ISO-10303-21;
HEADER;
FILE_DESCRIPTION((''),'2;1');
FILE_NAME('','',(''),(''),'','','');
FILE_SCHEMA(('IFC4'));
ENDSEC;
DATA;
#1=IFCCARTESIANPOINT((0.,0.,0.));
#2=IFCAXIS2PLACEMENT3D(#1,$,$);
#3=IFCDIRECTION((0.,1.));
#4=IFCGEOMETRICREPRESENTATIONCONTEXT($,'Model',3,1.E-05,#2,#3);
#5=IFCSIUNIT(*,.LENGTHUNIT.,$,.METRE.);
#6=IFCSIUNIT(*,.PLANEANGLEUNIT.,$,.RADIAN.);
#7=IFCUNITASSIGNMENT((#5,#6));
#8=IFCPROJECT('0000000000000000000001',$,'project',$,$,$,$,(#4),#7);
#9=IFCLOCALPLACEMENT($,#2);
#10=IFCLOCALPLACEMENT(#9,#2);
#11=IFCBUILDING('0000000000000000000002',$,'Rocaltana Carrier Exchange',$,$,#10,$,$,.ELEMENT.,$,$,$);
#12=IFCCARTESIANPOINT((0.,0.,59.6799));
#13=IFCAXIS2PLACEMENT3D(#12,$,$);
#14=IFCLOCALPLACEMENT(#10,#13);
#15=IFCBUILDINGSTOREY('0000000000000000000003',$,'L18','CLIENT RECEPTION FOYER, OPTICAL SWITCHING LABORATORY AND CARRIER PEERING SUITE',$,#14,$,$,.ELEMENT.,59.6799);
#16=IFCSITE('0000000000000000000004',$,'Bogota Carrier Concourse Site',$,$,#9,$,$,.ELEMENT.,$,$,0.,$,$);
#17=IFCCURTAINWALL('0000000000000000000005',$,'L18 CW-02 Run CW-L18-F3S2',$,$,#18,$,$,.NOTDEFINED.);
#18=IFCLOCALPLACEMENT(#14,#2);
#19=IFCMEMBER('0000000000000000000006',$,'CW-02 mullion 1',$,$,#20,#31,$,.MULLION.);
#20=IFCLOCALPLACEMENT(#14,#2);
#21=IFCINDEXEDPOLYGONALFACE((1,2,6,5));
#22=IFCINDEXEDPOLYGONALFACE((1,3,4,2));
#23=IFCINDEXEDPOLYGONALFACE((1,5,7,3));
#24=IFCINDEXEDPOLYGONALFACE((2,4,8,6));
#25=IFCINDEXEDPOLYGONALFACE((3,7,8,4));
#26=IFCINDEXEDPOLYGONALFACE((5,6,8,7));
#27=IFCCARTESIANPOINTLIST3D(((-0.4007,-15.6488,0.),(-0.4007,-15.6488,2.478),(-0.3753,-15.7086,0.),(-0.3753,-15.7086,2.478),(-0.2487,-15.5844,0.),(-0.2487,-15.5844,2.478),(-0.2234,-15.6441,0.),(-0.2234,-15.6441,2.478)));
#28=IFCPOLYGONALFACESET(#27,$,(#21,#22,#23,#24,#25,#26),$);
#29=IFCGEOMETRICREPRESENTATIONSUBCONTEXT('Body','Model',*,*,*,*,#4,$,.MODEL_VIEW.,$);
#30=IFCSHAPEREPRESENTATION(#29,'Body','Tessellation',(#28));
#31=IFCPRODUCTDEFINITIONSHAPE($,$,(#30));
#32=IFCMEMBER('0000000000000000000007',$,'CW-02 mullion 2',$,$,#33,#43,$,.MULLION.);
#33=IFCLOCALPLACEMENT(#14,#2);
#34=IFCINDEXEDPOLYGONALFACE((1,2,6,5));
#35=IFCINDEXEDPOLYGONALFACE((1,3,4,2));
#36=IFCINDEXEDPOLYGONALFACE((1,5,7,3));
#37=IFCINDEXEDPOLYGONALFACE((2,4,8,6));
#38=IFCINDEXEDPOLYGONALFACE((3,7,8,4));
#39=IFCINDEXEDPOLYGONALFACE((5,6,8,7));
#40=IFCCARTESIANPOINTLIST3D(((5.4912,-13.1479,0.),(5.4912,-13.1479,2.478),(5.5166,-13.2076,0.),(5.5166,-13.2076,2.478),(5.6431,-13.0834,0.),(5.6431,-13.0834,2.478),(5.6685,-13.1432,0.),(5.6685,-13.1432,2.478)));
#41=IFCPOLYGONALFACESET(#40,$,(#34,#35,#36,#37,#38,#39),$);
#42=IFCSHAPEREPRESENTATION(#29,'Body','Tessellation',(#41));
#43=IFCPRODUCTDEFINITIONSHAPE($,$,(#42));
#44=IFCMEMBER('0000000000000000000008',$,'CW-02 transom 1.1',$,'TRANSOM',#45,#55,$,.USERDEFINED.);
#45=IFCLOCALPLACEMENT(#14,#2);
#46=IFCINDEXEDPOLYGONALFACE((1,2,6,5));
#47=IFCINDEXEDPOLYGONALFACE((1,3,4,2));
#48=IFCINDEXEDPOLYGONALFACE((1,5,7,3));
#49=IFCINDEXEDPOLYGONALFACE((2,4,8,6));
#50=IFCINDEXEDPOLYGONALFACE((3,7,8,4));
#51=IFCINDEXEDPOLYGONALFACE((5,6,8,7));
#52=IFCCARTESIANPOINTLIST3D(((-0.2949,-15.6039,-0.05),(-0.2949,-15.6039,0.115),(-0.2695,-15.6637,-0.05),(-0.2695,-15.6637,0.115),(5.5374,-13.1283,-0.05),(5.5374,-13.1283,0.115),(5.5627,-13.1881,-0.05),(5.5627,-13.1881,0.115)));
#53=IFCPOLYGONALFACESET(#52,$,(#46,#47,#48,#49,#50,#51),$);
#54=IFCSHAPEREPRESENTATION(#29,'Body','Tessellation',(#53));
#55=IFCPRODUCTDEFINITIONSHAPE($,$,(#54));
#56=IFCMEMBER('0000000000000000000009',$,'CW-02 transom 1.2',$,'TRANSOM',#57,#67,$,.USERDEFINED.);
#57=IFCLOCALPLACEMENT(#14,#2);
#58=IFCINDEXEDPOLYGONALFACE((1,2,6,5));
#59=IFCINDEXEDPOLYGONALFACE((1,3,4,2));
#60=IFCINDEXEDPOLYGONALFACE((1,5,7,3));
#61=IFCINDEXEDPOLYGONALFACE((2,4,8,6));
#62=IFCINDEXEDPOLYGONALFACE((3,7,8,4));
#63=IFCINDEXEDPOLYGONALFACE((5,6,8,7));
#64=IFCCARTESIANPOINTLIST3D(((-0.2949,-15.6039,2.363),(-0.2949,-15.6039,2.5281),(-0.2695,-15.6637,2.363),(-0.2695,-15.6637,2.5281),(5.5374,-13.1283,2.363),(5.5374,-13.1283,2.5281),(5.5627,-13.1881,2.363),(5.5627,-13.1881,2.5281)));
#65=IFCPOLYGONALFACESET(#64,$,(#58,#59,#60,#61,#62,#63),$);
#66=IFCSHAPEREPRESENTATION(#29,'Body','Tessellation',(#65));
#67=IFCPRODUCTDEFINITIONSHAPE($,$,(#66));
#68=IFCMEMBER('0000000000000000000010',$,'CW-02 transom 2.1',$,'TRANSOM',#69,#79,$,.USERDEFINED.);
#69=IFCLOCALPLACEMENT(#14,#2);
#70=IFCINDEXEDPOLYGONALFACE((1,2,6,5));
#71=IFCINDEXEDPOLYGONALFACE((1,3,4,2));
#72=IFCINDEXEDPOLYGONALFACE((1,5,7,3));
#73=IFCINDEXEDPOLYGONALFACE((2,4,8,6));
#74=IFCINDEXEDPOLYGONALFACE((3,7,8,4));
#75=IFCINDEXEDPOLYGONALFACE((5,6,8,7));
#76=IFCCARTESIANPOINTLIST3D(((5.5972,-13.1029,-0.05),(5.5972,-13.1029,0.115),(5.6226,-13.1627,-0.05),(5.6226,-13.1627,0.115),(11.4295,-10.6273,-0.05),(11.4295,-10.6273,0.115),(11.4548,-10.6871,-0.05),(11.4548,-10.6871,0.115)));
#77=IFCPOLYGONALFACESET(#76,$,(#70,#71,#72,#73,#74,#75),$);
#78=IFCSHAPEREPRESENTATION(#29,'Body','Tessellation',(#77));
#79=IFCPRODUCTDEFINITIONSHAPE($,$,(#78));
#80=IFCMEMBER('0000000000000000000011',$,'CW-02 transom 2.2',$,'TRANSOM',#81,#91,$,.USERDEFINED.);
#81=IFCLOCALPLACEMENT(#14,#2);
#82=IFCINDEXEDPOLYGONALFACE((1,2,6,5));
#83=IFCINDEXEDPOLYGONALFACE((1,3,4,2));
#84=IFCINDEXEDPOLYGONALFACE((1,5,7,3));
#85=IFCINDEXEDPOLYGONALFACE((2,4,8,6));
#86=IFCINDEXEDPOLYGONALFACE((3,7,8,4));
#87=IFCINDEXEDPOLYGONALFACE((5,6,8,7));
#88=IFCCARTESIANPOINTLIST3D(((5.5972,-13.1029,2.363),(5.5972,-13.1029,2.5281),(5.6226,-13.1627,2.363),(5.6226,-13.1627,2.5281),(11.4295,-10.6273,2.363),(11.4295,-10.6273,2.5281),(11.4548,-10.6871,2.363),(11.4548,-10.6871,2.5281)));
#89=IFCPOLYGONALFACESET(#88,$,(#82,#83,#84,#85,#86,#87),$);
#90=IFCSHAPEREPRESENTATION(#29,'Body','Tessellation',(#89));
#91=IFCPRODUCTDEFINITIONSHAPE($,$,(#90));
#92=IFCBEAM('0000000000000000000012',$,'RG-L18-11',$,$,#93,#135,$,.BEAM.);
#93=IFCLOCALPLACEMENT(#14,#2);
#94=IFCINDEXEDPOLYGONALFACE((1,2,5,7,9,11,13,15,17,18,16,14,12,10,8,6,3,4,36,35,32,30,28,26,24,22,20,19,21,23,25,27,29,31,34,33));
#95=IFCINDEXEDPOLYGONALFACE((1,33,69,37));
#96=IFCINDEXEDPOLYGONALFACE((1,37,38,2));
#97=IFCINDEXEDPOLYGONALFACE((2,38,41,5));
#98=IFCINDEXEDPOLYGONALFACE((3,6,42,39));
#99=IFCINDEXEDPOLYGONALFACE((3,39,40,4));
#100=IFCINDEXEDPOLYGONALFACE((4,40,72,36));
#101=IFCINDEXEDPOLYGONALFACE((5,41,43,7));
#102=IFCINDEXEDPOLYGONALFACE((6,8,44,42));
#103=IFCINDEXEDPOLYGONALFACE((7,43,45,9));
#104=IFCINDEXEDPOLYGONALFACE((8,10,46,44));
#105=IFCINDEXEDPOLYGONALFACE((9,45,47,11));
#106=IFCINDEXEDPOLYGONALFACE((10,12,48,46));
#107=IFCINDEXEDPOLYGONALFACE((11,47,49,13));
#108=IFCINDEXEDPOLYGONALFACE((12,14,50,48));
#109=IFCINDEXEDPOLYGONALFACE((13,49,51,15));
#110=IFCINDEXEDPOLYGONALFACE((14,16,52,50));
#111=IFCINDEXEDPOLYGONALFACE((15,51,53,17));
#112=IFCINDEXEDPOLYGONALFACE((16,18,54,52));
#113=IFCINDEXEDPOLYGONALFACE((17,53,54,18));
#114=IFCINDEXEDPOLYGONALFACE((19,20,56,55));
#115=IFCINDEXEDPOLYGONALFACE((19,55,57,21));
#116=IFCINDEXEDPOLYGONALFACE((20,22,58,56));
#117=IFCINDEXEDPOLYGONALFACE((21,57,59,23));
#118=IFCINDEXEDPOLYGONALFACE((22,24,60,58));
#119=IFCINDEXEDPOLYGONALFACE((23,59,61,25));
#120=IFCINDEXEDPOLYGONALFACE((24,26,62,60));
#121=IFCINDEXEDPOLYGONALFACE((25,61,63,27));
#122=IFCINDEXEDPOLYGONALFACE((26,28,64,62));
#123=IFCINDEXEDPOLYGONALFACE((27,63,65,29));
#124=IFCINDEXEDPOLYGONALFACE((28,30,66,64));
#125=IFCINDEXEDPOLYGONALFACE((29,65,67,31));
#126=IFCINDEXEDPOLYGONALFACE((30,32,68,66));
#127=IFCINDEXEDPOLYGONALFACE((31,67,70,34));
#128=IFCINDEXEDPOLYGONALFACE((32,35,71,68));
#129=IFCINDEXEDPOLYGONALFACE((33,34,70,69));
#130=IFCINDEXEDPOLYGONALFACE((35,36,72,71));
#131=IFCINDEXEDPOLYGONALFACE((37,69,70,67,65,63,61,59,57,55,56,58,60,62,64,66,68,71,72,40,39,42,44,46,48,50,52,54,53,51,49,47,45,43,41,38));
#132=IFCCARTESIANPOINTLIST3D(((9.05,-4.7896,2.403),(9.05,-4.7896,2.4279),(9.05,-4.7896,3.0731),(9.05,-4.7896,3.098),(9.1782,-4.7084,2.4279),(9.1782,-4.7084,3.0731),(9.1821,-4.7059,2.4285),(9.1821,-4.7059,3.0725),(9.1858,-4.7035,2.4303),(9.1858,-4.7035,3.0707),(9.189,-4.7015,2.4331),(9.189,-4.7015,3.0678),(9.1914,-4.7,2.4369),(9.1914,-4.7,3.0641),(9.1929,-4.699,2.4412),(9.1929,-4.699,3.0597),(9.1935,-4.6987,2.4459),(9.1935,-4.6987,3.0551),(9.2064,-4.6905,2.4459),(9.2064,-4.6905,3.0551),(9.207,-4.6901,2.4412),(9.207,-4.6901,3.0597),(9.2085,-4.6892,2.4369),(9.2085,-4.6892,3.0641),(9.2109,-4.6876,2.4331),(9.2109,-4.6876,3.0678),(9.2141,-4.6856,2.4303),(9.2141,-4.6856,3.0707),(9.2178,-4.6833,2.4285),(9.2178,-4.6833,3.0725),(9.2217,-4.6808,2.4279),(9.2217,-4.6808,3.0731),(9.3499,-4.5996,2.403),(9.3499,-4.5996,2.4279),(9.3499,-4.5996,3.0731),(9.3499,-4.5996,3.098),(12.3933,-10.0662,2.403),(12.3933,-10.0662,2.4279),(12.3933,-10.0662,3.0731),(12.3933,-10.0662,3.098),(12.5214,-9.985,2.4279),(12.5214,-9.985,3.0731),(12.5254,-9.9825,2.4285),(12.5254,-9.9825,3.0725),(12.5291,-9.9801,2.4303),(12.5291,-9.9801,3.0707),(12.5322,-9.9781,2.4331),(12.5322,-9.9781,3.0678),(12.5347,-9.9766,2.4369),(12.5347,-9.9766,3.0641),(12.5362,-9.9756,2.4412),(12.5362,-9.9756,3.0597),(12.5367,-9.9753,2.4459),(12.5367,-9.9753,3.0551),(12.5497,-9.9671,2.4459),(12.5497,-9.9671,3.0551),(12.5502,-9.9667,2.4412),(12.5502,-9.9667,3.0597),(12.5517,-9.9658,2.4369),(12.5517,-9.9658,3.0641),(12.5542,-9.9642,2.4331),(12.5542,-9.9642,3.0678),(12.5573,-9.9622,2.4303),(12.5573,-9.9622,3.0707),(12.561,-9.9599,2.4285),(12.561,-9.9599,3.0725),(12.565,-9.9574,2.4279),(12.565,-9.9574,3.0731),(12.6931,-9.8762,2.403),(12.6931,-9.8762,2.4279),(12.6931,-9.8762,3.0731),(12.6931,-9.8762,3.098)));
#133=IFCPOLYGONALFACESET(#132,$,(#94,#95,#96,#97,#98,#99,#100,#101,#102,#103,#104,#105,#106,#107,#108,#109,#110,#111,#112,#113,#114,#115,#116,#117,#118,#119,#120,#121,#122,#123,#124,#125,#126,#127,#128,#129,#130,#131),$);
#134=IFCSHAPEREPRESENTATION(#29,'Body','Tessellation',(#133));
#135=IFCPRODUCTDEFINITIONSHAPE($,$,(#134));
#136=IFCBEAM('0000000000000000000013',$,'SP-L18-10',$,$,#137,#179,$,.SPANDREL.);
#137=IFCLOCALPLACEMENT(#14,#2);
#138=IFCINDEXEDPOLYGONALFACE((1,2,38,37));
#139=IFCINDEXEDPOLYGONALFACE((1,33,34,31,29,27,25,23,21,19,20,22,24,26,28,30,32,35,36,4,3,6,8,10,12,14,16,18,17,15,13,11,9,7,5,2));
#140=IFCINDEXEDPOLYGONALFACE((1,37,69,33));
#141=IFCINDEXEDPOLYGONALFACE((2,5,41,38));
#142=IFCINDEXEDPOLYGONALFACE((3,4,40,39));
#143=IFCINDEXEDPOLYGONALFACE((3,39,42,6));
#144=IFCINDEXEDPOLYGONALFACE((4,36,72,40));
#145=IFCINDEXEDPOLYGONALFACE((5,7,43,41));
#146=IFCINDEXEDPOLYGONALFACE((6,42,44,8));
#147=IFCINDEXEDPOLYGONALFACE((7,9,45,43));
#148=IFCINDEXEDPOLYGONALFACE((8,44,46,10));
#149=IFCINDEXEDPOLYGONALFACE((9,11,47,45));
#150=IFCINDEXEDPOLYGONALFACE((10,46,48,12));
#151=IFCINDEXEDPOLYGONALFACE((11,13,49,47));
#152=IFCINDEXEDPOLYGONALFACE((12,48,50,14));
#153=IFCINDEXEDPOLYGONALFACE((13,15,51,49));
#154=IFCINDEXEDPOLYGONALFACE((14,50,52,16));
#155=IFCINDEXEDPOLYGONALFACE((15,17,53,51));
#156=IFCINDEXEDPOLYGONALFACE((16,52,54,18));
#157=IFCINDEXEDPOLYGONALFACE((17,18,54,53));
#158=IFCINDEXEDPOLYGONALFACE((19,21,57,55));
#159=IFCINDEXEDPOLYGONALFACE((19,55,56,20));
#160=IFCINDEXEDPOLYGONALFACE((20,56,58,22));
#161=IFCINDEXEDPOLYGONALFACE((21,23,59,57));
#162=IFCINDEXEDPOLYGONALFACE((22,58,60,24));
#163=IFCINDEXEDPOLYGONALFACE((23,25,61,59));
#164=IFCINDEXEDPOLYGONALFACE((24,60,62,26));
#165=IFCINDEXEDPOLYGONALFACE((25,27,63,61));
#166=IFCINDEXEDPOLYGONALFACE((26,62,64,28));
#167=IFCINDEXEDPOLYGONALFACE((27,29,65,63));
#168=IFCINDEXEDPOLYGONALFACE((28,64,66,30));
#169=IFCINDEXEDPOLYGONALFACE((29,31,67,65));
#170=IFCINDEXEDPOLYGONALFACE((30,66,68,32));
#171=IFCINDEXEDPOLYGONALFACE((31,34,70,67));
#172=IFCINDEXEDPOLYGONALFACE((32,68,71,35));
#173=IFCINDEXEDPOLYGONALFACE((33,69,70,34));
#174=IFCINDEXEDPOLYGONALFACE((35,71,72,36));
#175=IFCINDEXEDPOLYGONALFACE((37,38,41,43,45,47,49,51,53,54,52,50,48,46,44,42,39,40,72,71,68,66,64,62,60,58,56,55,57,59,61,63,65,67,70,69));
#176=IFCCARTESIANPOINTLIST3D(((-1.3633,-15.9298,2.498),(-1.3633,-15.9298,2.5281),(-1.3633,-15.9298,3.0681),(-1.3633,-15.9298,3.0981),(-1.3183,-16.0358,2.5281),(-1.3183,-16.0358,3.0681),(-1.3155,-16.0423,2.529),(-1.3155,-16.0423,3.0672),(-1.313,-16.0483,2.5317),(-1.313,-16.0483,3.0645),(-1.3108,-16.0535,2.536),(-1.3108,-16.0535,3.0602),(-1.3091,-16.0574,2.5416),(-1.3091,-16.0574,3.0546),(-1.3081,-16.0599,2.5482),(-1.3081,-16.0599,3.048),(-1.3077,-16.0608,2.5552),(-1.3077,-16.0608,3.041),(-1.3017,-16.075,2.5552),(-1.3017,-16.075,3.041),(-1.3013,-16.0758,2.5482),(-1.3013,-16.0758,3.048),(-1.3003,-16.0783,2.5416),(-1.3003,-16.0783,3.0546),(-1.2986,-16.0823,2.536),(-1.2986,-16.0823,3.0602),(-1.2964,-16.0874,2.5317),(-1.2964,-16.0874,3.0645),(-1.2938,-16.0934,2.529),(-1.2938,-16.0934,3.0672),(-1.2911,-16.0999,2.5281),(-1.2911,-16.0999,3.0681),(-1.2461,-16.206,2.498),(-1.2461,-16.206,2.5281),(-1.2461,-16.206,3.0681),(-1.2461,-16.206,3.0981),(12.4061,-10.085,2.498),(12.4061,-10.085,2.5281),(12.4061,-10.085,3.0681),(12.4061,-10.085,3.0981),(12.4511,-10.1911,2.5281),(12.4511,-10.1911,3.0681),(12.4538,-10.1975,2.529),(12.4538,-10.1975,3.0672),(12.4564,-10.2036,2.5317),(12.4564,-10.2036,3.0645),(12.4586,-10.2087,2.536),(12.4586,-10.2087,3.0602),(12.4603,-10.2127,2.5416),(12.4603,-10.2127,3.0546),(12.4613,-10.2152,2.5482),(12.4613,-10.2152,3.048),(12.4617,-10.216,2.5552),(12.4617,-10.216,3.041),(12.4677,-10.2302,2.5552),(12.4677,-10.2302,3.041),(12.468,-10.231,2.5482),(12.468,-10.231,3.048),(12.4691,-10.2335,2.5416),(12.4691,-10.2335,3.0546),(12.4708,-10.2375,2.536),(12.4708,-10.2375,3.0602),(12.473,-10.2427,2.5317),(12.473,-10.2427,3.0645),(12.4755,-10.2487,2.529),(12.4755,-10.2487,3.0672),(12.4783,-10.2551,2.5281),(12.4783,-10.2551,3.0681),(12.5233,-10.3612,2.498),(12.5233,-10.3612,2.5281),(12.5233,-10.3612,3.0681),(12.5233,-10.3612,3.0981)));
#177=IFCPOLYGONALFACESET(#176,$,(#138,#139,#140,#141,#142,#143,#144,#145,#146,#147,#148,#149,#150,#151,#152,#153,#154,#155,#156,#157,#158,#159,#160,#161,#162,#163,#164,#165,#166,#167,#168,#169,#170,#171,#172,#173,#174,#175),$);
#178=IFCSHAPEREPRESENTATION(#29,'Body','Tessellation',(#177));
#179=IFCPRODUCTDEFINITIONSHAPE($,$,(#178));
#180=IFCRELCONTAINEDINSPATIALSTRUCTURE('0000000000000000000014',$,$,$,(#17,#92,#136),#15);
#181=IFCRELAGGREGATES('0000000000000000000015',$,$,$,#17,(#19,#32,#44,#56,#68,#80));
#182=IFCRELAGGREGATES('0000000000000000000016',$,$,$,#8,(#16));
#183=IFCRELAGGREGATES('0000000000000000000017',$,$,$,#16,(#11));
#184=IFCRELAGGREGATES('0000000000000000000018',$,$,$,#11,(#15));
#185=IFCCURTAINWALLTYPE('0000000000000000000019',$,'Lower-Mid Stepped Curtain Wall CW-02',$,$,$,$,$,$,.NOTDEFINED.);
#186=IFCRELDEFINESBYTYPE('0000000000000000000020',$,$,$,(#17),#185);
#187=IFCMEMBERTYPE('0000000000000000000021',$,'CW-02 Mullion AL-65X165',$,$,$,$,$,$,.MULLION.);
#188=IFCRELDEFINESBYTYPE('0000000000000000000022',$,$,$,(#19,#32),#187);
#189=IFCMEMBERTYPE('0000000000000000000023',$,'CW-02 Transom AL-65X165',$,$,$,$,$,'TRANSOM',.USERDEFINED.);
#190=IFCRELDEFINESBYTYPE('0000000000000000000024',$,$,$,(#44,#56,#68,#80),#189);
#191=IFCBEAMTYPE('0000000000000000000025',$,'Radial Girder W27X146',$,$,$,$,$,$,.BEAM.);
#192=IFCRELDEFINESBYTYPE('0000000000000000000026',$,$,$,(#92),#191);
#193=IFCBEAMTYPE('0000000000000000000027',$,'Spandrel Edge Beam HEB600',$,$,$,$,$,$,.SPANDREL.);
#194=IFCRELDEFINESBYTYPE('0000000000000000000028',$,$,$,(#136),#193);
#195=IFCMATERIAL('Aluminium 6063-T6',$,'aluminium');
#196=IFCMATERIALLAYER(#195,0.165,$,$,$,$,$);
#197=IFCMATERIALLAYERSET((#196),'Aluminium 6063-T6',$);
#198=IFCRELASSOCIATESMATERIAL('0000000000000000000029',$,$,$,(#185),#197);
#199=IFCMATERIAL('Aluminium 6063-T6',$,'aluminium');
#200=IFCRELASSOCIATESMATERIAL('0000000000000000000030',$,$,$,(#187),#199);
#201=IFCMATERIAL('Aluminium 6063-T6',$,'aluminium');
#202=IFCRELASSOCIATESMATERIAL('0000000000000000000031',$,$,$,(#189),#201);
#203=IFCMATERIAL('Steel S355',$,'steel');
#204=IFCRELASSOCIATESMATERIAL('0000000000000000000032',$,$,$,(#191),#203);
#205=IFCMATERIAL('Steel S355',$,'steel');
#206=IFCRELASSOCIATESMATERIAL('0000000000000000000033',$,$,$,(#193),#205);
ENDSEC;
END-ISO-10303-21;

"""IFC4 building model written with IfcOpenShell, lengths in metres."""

from ifc_helpers import new_model, si_unit, direction, frame, origin, origin_2d, place, context, subcontext, project, spatial, rectangle, i_section, extrude, material, layer, layer_set, material_profile, profile_set, type_object, element, aggregate, save


model = new_model("IFC4")

# Units and contexts
model_context = context("Model", 3, precision=1e-05, world=origin(), true_north=direction((0.0, 1.0)))
body_context = subcontext(model_context, "Body", "Model", "MODEL_VIEW")
ifc_project = project(units=[si_unit("LENGTHUNIT", "METRE"), si_unit("PLANEANGLEUNIT", "RADIAN")], contexts=[model_context])

# Site, building, storey
site_placement = place(None, origin())
site = spatial("IfcSite", under=ifc_project, at=site_placement, Name="Bogota Carrier Concourse Site", CompositionType="ELEMENT", RefElevation=0.0)
building_placement = place(site_placement, origin())
building = spatial("IfcBuilding", under=site, at=building_placement, Name="Rocaltana Carrier Exchange", CompositionType="ELEMENT")
storey_placement = place(building_placement, frame((0.0, 0.0, 59.6799)))
storey = spatial("IfcBuildingStorey", under=building, at=storey_placement, Name="L18", Description="CLIENT RECEPTION FOYER, OPTICAL SWITCHING LABORATORY AND CARRIER PEERING SUITE", CompositionType="ELEMENT", Elevation=59.6799)

# Curtain wall, members
ifc_material_1 = material(Name="Aluminium 6063-T6", Category="aluminium")
ifc_layer_1 = layer(ifc_material_1, 0.165)
ifc_layer_set_1 = layer_set([ifc_layer_1], Name="Aluminium 6063-T6")
curtain_wall_type = type_object("IfcCurtainWallType", Name="Lower-Mid Stepped Curtain Wall CW-02", PredefinedType="NOTDEFINED", material=ifc_layer_set_1)
curtain_wall_placement = place(storey_placement, origin())
curtain_wall = element("IfcCurtainWall", 1, at=curtain_wall_placement, inside=storey, type_object=curtain_wall_type, Name="L18 CW-02 Run CW-L18-F3S2", PredefinedType="NOTDEFINED")
ifc_material_2 = material(Name="Aluminium 6063-T6", Category="aluminium")
ifc_material_profile_1 = material_profile(ifc_material_2, rectangle(XDim=0.0649, YDim=0.165, at=origin_2d()), Name="AL-65X165")
ifc_profile_set_1 = profile_set([ifc_material_profile_1], Name="Aluminium 6063-T6")
member_type_1 = type_object("IfcMemberType", Name="CW-02 Mullion AL-65X165", PredefinedType="MULLION", material=ifc_profile_set_1)
member_1_placement = place(storey_placement, frame((-0.312, -15.6465, 0.0), z_axis=(0.0, 0.0, 1.0), x_axis=(-0.390729, 0.920506, 0.0)))
member_1 = element("IfcMember", 2, at=member_1_placement, type_object=member_type_1, Name="CW-02 mullion 1", PredefinedType="MULLION", context=body_context, shape_type="SweptSolid", body=[
    extrude(rectangle(XDim=0.0649, YDim=0.165, at=origin_2d()), origin(), (0.0, 0.0, 1.0), 2.478),
])
member_2_placement = place(storey_placement, frame((5.5798, -13.1455, 0.0), z_axis=(0.0, 0.0, 1.0), x_axis=(-0.390729, 0.920506, 0.0)))
member_2 = element("IfcMember", 3, at=member_2_placement, type_object=member_type_1, Name="CW-02 mullion 2", PredefinedType="MULLION", context=body_context, shape_type="SweptSolid", body=[
    extrude(rectangle(XDim=0.0649, YDim=0.165, at=origin_2d()), origin(), (0.0, 0.0, 1.0), 2.478),
])
ifc_material_3 = material(Name="Aluminium 6063-T6", Category="aluminium")
ifc_material_profile_2 = material_profile(ifc_material_3, rectangle(XDim=0.0649, YDim=0.165, at=origin_2d()), Name="AL-65X165")
ifc_profile_set_2 = profile_set([ifc_material_profile_2], Name="Aluminium 6063-T6")
member_type_2 = type_object("IfcMemberType", Name="CW-02 Transom AL-65X165", ElementType="TRANSOM", PredefinedType="USERDEFINED", material=ifc_profile_set_2)
member_3_placement = place(storey_placement, frame((-0.2822, -15.6338, 0.0325), z_axis=(0.920509, 0.390722, 0.0), x_axis=(-0.390722, 0.920509, 0.0)))
member_3 = element("IfcMember", 4, at=member_3_placement, type_object=member_type_2, Name="CW-02 transom 1.1", ObjectType="TRANSOM", PredefinedType="USERDEFINED", context=body_context, shape_type="SweptSolid", body=[
    extrude(rectangle(XDim=0.0649, YDim=0.165, at=origin_2d()), origin(), (0.0, 0.0, 1.0), 6.3359),
])
member_4_placement = place(storey_placement, frame((-0.2822, -15.6338, 2.4456), z_axis=(0.920509, 0.390722, 0.0), x_axis=(-0.390722, 0.920509, 0.0)))
member_4 = element("IfcMember", 5, at=member_4_placement, type_object=member_type_2, Name="CW-02 transom 1.2", ObjectType="TRANSOM", PredefinedType="USERDEFINED", context=body_context, shape_type="SweptSolid", body=[
    extrude(rectangle(XDim=0.0649, YDim=0.165, at=origin_2d()), origin(), (0.0, 0.0, 1.0), 6.3359),
])
member_5_placement = place(storey_placement, frame((5.6099, -13.1328, 0.0325), z_axis=(0.920509, 0.390722, 0.0), x_axis=(-0.390722, 0.920509, 0.0)))
member_5 = element("IfcMember", 6, at=member_5_placement, type_object=member_type_2, Name="CW-02 transom 2.1", ObjectType="TRANSOM", PredefinedType="USERDEFINED", context=body_context, shape_type="SweptSolid", body=[
    extrude(rectangle(XDim=0.0649, YDim=0.165, at=origin_2d()), origin(), (0.0, 0.0, 1.0), 6.3359),
])
member_6_placement = place(storey_placement, frame((5.6099, -13.1328, 2.4456), z_axis=(0.920509, 0.390722, 0.0), x_axis=(-0.390722, 0.920509, 0.0)))
member_6 = element("IfcMember", 7, at=member_6_placement, type_object=member_type_2, Name="CW-02 transom 2.2", ObjectType="TRANSOM", PredefinedType="USERDEFINED", context=body_context, shape_type="SweptSolid", body=[
    extrude(rectangle(XDim=0.0649, YDim=0.165, at=origin_2d()), origin(), (0.0, 0.0, 1.0), 6.3359),
])

# Beams
ifc_material_4 = material(Name="Steel S355", Category="steel")
ifc_material_profile_3 = material_profile(ifc_material_4, i_section(OverallWidth=0.355, OverallDepth=0.6951, WebThickness=0.0154, FlangeThickness=0.0249, FilletRadius=0.0181, at=origin_2d()), Name="W27X146")
ifc_profile_set_3 = profile_set([ifc_material_profile_3], Name="Steel S355")
beam_type_1 = type_object("IfcBeamType", Name="Radial Girder W27X146", PredefinedType="BEAM", material=ifc_profile_set_3)
beam_1_placement = place(storey_placement, frame((9.2, -4.6946, 2.7505), z_axis=(0.535213, -0.844717, 0.0), x_axis=(0.844717, 0.535213, 0.0)))
element("IfcBeam", 8, at=beam_1_placement, inside=storey, type_object=beam_type_1, Name="RG-L18-11", PredefinedType="BEAM", context=body_context, shape_type="SweptSolid", body=[
    extrude(i_section(OverallWidth=0.355, OverallDepth=0.6951, WebThickness=0.0154, FlangeThickness=0.0249, FilletRadius=0.0181, at=origin_2d()), origin(), (0.0, 0.0, 1.0), 6.2466),
])
ifc_material_5 = material(Name="Steel S355", Category="steel")
ifc_material_profile_4 = material_profile(ifc_material_5, i_section(OverallWidth=0.3, OverallDepth=0.6001, WebThickness=0.0154, FlangeThickness=0.03, FilletRadius=0.0271, at=origin_2d()), Name="HEB600")
ifc_profile_set_4 = profile_set([ifc_material_profile_4], Name="Steel S355")
beam_type_2 = type_object("IfcBeamType", Name="Spandrel Edge Beam HEB600", PredefinedType="SPANDREL", material=ifc_profile_set_4)
beam_2_placement = place(storey_placement, frame((-1.3047, -16.0679, 2.7981), z_axis=(0.920505, 0.390732, 0.0), x_axis=(-0.390732, 0.920505, 0.0)))
element("IfcBeam", 9, at=beam_2_placement, inside=storey, type_object=beam_type_2, Name="SP-L18-10", PredefinedType="SPANDREL", context=body_context, shape_type="SweptSolid", body=[
    extrude(i_section(OverallWidth=0.3, OverallDepth=0.6001, WebThickness=0.0154, FlangeThickness=0.03, FilletRadius=0.0271, at=origin_2d()), origin(), (0.0, 0.0, 1.0), 14.9585),
])

aggregate(curtain_wall, [member_1, member_2, member_3, member_4, member_5, member_6])

save(model, "model.ifc")
